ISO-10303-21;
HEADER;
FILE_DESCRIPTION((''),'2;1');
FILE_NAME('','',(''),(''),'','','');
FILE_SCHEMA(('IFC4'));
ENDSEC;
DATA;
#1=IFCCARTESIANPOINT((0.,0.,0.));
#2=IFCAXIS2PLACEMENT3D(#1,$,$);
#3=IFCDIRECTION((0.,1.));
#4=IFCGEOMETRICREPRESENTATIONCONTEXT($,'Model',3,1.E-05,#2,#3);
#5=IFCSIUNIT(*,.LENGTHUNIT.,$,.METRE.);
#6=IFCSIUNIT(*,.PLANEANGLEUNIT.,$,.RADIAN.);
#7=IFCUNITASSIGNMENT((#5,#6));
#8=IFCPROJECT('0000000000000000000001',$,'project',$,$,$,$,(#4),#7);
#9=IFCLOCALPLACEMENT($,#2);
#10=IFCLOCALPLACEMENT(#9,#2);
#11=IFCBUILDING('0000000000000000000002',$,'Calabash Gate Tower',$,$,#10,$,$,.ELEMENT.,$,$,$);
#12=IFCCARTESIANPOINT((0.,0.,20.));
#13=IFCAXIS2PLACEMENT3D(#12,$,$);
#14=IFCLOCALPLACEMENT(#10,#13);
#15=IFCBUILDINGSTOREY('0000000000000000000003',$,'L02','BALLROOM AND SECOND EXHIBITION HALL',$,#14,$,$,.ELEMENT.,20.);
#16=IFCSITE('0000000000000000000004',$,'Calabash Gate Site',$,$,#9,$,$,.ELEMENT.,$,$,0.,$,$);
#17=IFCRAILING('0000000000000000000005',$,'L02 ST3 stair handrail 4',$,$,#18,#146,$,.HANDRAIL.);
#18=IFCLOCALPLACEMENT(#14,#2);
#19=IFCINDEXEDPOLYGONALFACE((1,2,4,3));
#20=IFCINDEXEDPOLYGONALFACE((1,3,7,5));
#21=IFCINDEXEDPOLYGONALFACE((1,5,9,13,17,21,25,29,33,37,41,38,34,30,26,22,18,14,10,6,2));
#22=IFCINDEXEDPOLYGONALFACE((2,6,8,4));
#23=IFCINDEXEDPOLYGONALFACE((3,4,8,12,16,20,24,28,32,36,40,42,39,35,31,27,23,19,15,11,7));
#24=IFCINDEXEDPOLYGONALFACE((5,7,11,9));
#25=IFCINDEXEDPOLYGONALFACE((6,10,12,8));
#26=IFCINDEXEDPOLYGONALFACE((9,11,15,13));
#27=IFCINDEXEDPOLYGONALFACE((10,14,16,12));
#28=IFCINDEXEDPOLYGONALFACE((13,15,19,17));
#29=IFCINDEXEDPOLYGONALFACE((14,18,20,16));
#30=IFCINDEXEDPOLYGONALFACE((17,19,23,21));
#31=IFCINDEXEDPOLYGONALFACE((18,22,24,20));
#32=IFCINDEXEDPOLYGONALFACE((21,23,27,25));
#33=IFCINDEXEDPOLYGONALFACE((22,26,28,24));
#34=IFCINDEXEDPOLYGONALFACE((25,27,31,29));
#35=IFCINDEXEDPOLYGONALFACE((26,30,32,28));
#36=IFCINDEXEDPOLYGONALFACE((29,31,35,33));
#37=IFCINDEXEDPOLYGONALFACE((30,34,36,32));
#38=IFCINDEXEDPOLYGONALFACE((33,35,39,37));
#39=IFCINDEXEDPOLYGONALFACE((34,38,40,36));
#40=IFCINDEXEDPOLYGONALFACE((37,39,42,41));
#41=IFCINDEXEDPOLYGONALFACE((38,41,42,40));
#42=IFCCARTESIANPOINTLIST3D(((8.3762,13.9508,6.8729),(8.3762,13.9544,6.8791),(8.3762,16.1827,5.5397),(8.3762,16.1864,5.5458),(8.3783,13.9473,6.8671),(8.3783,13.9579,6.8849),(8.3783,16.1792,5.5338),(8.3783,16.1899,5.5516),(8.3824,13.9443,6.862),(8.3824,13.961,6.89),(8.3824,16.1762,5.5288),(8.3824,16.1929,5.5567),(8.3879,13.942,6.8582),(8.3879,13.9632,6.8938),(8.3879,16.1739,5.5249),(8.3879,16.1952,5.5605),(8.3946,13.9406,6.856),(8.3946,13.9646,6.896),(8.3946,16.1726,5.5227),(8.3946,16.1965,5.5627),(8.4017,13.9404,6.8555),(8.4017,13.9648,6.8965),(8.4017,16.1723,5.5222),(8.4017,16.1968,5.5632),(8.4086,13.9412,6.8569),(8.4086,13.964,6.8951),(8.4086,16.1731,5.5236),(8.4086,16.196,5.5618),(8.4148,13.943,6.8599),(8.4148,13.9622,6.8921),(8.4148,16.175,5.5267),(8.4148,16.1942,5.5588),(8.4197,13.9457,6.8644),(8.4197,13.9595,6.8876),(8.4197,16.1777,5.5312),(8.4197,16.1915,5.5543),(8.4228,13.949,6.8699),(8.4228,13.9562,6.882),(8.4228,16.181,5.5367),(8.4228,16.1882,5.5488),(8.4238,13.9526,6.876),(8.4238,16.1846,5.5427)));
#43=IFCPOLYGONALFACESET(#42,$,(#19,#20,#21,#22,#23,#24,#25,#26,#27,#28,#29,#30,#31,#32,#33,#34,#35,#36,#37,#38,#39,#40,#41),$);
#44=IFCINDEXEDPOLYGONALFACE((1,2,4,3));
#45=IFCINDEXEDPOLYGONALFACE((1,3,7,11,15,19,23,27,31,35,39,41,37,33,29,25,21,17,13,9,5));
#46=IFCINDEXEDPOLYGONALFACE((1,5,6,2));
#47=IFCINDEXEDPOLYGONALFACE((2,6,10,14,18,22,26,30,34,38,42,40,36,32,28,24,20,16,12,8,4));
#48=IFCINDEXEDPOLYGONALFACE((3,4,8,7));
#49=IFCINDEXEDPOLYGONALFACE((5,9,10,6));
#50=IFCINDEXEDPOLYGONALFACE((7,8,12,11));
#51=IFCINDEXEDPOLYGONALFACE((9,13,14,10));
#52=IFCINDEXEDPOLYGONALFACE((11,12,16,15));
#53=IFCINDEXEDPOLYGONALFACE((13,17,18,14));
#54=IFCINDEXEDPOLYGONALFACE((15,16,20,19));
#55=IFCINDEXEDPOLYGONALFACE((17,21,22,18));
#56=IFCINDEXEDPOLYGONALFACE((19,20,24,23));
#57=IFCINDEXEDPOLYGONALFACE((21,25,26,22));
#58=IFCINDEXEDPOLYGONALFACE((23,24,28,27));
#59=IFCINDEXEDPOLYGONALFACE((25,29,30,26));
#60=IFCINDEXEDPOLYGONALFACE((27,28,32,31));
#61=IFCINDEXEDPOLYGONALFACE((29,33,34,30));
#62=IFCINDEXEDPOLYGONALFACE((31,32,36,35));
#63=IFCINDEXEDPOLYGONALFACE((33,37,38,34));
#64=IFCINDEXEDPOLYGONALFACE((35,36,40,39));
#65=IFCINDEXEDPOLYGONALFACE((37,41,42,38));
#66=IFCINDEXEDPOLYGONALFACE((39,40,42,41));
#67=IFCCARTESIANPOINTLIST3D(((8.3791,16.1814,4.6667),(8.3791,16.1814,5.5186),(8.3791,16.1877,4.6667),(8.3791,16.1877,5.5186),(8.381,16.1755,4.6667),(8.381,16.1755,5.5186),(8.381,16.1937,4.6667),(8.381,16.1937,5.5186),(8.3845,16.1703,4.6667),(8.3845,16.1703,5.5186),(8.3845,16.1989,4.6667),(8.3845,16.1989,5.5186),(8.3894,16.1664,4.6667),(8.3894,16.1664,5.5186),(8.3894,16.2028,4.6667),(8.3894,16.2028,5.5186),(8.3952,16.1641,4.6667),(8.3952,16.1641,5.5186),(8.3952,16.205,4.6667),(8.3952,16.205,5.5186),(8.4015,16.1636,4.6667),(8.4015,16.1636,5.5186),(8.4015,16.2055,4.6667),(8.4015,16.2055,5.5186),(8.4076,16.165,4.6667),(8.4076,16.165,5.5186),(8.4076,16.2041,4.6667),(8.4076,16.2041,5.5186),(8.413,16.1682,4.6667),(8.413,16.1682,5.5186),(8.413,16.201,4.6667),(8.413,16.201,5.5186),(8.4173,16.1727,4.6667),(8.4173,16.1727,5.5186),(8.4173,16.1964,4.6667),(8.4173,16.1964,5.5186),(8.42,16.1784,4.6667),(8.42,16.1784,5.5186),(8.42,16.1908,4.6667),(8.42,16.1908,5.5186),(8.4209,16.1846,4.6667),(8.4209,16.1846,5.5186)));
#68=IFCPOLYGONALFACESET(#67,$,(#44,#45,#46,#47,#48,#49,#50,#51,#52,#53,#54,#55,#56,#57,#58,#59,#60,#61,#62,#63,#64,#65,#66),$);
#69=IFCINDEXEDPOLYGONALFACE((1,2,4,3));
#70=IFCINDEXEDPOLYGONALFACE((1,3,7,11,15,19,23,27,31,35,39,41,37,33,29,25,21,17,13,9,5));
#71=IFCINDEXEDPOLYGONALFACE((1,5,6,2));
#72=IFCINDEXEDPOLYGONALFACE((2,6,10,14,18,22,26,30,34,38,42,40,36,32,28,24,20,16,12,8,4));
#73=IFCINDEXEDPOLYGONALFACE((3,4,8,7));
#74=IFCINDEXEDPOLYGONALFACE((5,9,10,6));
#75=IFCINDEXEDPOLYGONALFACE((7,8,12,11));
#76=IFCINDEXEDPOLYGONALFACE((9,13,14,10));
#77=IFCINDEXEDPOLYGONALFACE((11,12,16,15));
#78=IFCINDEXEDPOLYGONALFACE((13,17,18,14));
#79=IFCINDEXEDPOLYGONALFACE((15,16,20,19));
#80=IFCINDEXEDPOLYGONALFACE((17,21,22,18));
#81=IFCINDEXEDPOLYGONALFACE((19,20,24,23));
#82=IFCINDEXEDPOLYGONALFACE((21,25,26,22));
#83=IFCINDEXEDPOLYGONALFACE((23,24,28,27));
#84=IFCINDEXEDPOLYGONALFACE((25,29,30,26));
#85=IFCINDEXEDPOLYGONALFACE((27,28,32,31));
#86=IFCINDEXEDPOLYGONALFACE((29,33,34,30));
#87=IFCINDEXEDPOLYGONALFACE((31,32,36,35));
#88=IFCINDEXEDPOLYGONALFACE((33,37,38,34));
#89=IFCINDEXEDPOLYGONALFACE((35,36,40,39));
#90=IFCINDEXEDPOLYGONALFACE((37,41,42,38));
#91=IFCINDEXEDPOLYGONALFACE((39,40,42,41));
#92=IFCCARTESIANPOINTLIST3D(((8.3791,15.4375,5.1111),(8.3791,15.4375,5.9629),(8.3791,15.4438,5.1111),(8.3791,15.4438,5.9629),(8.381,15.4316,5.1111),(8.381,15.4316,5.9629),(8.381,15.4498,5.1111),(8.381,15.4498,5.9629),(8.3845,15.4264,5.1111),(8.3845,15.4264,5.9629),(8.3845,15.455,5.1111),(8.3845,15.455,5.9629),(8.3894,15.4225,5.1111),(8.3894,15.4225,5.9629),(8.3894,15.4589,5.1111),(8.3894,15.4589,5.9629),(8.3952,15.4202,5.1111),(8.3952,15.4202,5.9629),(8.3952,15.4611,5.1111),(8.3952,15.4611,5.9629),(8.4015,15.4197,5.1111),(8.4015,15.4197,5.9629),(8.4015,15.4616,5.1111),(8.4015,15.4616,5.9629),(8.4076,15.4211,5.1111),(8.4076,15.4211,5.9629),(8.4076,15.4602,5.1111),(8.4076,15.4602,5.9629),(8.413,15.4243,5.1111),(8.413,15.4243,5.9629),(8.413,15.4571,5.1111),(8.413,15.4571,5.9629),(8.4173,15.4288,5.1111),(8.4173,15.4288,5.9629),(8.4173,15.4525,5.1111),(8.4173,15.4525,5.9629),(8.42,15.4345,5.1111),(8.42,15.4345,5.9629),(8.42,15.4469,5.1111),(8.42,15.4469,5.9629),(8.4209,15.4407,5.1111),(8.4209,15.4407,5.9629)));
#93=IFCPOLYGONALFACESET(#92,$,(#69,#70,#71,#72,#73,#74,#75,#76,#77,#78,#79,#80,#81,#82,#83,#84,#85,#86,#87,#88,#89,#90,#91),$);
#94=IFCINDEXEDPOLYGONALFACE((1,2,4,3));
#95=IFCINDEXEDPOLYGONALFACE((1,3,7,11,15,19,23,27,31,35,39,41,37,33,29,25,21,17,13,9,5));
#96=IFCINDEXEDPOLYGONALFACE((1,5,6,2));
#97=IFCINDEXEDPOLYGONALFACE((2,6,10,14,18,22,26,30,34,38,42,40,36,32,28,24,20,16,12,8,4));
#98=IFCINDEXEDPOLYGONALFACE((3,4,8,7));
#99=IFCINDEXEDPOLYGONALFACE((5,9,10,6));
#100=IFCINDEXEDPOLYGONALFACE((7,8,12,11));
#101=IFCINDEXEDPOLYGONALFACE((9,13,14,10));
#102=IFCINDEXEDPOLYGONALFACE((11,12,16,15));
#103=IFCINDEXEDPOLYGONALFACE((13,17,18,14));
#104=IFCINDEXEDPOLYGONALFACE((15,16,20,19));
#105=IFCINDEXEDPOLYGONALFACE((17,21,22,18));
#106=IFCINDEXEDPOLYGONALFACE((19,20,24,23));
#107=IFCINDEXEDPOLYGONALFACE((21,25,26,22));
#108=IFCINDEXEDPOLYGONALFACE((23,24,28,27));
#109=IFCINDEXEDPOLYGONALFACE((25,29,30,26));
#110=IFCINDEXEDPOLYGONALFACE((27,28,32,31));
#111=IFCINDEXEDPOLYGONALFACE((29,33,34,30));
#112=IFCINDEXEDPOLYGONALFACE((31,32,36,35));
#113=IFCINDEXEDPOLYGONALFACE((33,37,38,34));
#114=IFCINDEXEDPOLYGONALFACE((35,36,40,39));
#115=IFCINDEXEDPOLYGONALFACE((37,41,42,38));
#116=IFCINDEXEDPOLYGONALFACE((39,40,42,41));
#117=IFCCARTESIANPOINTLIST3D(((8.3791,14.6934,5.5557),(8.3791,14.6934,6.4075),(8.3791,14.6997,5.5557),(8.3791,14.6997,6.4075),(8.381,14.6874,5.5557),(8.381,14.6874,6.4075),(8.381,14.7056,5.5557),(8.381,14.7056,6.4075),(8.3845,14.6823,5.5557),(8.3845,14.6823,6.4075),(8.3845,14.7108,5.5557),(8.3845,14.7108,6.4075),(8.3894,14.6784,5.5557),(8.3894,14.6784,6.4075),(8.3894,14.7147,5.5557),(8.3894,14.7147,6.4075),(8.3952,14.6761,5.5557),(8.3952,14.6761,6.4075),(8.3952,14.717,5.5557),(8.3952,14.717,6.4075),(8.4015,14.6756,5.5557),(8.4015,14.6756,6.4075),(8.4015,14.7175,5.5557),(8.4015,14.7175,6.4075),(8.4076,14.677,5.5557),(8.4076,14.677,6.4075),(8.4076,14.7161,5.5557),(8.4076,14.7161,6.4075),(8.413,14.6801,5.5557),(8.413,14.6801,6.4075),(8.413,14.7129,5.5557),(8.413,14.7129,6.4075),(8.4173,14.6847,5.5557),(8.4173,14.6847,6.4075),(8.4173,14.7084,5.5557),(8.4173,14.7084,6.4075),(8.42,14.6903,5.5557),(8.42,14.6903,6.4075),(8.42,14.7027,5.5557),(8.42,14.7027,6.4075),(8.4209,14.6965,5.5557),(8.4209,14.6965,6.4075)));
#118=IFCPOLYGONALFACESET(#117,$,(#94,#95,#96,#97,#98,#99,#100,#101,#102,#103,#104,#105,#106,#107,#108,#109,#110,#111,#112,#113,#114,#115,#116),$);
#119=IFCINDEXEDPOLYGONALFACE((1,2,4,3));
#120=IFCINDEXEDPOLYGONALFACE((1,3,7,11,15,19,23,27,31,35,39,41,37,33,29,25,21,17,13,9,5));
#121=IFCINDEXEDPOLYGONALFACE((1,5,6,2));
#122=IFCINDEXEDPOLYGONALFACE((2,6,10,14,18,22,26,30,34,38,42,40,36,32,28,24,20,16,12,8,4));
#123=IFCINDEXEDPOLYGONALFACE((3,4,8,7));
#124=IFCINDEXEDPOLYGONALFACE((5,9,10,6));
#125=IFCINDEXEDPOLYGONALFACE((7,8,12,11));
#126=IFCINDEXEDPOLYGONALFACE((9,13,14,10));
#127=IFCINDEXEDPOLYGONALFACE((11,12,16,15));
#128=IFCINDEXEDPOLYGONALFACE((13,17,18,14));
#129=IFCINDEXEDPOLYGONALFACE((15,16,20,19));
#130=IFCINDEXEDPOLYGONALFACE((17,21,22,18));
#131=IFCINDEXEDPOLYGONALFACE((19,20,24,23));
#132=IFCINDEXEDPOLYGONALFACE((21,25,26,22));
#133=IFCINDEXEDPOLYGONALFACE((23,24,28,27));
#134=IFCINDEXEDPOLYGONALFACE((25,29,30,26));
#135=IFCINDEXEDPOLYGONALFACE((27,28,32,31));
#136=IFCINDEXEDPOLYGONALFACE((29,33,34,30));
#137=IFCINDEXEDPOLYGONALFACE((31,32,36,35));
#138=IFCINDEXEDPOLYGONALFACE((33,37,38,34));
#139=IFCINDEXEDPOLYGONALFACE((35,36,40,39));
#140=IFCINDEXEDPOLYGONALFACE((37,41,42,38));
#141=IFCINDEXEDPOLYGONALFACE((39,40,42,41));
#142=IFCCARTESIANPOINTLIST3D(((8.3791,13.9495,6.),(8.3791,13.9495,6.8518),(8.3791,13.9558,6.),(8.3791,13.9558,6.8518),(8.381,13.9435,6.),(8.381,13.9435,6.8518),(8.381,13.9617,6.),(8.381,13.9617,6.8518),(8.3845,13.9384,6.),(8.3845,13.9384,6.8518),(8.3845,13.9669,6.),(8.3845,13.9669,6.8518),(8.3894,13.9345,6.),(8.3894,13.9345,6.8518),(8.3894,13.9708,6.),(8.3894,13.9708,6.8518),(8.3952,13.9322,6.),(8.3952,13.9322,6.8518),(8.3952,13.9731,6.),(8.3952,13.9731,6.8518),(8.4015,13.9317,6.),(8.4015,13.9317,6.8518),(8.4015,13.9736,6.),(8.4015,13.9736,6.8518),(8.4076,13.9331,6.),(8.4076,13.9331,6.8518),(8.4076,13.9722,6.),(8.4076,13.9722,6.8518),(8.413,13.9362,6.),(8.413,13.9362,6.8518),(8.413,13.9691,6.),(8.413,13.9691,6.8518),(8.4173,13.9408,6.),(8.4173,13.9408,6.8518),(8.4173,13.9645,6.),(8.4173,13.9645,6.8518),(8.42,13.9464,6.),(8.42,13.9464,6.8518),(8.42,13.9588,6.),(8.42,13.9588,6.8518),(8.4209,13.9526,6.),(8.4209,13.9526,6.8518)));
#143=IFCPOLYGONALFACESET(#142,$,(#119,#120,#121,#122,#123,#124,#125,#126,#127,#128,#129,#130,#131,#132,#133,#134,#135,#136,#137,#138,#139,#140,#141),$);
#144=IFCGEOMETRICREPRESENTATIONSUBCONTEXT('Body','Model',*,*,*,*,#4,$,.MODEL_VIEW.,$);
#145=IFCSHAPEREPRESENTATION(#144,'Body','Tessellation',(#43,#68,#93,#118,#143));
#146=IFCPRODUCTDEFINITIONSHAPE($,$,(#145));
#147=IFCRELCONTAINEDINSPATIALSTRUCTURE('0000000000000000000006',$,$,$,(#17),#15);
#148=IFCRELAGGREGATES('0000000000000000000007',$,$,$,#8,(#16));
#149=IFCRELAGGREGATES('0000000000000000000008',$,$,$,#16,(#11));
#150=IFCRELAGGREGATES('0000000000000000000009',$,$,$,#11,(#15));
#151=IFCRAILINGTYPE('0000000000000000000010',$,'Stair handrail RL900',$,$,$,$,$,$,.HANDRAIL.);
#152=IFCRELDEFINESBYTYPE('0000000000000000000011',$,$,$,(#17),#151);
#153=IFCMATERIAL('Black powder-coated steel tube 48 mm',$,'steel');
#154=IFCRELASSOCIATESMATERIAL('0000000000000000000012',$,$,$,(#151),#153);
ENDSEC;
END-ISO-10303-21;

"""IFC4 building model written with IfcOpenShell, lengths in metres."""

from ifc_helpers import new_model, si_unit, direction, frame, origin, origin_2d, place, context, subcontext, project, spatial, circle, extrude, material, type_object, element, save


model = new_model("IFC4")

# Units and contexts
model_context = context("Model", 3, precision=1e-05, world=origin(), true_north=direction((0.0, 1.0)))
body_context = subcontext(model_context, "Body", "Model", "MODEL_VIEW")
ifc_project = project(units=[si_unit("LENGTHUNIT", "METRE"), si_unit("PLANEANGLEUNIT", "RADIAN")], contexts=[model_context])

# Site, building, storey
site_placement = place(None, origin())
site = spatial("IfcSite", under=ifc_project, at=site_placement, Name="Calabash Gate Site", CompositionType="ELEMENT", RefElevation=0.0)
building_placement = place(site_placement, origin())
building = spatial("IfcBuilding", under=site, at=building_placement, Name="Calabash Gate Tower", CompositionType="ELEMENT")
storey_placement = place(building_placement, frame((0.0, 0.0, 20.0)))
storey = spatial("IfcBuildingStorey", under=building, at=storey_placement, Name="L02", Description="BALLROOM AND SECOND EXHIBITION HALL", CompositionType="ELEMENT", Elevation=20.0)

# Railing
ifc_material_1 = material(Name="Black powder-coated steel tube 48 mm", Category="steel")
railing_type_1 = type_object("IfcRailingType", Name="Stair handrail RL900", PredefinedType="HANDRAIL", material=ifc_material_1)
railing_1_placement = place(storey_placement, frame((8.3999, 16.1846, 4.6667)))
element("IfcRailing", 1, at=railing_1_placement, inside=storey, type_object=railing_type_1, Name="L02 ST3 stair handrail 4", PredefinedType="HANDRAIL", context=body_context, shape_type="SweptSolid", body=[
    extrude(circle(Radius=0.0239, at=origin_2d()), frame((0.0, 0.0, 0.876), z_axis=(0.0, -0.858494, 0.512824), x_axis=(1.0, 0.0, 0.0)), (0.0, 0.0, 1.0), 2.5999),
    extrude(circle(Radius=0.021, at=origin_2d()), origin(), (0.0, 0.0, 1.0), 0.8518),
    extrude(circle(Radius=0.021, at=origin_2d()), frame((0.0, -0.7439, 0.4443)), (0.0, 0.0, 1.0), 0.8518),
    extrude(circle(Radius=0.021, at=origin_2d()), frame((0.0, -1.488, 0.8889)), (0.0, 0.0, 1.0), 0.8518),
    extrude(circle(Radius=0.021, at=origin_2d()), frame((0.0, -2.2319, 1.3333)), (0.0, 0.0, 1.0), 0.8518),
])

save(model, "model.ifc")
